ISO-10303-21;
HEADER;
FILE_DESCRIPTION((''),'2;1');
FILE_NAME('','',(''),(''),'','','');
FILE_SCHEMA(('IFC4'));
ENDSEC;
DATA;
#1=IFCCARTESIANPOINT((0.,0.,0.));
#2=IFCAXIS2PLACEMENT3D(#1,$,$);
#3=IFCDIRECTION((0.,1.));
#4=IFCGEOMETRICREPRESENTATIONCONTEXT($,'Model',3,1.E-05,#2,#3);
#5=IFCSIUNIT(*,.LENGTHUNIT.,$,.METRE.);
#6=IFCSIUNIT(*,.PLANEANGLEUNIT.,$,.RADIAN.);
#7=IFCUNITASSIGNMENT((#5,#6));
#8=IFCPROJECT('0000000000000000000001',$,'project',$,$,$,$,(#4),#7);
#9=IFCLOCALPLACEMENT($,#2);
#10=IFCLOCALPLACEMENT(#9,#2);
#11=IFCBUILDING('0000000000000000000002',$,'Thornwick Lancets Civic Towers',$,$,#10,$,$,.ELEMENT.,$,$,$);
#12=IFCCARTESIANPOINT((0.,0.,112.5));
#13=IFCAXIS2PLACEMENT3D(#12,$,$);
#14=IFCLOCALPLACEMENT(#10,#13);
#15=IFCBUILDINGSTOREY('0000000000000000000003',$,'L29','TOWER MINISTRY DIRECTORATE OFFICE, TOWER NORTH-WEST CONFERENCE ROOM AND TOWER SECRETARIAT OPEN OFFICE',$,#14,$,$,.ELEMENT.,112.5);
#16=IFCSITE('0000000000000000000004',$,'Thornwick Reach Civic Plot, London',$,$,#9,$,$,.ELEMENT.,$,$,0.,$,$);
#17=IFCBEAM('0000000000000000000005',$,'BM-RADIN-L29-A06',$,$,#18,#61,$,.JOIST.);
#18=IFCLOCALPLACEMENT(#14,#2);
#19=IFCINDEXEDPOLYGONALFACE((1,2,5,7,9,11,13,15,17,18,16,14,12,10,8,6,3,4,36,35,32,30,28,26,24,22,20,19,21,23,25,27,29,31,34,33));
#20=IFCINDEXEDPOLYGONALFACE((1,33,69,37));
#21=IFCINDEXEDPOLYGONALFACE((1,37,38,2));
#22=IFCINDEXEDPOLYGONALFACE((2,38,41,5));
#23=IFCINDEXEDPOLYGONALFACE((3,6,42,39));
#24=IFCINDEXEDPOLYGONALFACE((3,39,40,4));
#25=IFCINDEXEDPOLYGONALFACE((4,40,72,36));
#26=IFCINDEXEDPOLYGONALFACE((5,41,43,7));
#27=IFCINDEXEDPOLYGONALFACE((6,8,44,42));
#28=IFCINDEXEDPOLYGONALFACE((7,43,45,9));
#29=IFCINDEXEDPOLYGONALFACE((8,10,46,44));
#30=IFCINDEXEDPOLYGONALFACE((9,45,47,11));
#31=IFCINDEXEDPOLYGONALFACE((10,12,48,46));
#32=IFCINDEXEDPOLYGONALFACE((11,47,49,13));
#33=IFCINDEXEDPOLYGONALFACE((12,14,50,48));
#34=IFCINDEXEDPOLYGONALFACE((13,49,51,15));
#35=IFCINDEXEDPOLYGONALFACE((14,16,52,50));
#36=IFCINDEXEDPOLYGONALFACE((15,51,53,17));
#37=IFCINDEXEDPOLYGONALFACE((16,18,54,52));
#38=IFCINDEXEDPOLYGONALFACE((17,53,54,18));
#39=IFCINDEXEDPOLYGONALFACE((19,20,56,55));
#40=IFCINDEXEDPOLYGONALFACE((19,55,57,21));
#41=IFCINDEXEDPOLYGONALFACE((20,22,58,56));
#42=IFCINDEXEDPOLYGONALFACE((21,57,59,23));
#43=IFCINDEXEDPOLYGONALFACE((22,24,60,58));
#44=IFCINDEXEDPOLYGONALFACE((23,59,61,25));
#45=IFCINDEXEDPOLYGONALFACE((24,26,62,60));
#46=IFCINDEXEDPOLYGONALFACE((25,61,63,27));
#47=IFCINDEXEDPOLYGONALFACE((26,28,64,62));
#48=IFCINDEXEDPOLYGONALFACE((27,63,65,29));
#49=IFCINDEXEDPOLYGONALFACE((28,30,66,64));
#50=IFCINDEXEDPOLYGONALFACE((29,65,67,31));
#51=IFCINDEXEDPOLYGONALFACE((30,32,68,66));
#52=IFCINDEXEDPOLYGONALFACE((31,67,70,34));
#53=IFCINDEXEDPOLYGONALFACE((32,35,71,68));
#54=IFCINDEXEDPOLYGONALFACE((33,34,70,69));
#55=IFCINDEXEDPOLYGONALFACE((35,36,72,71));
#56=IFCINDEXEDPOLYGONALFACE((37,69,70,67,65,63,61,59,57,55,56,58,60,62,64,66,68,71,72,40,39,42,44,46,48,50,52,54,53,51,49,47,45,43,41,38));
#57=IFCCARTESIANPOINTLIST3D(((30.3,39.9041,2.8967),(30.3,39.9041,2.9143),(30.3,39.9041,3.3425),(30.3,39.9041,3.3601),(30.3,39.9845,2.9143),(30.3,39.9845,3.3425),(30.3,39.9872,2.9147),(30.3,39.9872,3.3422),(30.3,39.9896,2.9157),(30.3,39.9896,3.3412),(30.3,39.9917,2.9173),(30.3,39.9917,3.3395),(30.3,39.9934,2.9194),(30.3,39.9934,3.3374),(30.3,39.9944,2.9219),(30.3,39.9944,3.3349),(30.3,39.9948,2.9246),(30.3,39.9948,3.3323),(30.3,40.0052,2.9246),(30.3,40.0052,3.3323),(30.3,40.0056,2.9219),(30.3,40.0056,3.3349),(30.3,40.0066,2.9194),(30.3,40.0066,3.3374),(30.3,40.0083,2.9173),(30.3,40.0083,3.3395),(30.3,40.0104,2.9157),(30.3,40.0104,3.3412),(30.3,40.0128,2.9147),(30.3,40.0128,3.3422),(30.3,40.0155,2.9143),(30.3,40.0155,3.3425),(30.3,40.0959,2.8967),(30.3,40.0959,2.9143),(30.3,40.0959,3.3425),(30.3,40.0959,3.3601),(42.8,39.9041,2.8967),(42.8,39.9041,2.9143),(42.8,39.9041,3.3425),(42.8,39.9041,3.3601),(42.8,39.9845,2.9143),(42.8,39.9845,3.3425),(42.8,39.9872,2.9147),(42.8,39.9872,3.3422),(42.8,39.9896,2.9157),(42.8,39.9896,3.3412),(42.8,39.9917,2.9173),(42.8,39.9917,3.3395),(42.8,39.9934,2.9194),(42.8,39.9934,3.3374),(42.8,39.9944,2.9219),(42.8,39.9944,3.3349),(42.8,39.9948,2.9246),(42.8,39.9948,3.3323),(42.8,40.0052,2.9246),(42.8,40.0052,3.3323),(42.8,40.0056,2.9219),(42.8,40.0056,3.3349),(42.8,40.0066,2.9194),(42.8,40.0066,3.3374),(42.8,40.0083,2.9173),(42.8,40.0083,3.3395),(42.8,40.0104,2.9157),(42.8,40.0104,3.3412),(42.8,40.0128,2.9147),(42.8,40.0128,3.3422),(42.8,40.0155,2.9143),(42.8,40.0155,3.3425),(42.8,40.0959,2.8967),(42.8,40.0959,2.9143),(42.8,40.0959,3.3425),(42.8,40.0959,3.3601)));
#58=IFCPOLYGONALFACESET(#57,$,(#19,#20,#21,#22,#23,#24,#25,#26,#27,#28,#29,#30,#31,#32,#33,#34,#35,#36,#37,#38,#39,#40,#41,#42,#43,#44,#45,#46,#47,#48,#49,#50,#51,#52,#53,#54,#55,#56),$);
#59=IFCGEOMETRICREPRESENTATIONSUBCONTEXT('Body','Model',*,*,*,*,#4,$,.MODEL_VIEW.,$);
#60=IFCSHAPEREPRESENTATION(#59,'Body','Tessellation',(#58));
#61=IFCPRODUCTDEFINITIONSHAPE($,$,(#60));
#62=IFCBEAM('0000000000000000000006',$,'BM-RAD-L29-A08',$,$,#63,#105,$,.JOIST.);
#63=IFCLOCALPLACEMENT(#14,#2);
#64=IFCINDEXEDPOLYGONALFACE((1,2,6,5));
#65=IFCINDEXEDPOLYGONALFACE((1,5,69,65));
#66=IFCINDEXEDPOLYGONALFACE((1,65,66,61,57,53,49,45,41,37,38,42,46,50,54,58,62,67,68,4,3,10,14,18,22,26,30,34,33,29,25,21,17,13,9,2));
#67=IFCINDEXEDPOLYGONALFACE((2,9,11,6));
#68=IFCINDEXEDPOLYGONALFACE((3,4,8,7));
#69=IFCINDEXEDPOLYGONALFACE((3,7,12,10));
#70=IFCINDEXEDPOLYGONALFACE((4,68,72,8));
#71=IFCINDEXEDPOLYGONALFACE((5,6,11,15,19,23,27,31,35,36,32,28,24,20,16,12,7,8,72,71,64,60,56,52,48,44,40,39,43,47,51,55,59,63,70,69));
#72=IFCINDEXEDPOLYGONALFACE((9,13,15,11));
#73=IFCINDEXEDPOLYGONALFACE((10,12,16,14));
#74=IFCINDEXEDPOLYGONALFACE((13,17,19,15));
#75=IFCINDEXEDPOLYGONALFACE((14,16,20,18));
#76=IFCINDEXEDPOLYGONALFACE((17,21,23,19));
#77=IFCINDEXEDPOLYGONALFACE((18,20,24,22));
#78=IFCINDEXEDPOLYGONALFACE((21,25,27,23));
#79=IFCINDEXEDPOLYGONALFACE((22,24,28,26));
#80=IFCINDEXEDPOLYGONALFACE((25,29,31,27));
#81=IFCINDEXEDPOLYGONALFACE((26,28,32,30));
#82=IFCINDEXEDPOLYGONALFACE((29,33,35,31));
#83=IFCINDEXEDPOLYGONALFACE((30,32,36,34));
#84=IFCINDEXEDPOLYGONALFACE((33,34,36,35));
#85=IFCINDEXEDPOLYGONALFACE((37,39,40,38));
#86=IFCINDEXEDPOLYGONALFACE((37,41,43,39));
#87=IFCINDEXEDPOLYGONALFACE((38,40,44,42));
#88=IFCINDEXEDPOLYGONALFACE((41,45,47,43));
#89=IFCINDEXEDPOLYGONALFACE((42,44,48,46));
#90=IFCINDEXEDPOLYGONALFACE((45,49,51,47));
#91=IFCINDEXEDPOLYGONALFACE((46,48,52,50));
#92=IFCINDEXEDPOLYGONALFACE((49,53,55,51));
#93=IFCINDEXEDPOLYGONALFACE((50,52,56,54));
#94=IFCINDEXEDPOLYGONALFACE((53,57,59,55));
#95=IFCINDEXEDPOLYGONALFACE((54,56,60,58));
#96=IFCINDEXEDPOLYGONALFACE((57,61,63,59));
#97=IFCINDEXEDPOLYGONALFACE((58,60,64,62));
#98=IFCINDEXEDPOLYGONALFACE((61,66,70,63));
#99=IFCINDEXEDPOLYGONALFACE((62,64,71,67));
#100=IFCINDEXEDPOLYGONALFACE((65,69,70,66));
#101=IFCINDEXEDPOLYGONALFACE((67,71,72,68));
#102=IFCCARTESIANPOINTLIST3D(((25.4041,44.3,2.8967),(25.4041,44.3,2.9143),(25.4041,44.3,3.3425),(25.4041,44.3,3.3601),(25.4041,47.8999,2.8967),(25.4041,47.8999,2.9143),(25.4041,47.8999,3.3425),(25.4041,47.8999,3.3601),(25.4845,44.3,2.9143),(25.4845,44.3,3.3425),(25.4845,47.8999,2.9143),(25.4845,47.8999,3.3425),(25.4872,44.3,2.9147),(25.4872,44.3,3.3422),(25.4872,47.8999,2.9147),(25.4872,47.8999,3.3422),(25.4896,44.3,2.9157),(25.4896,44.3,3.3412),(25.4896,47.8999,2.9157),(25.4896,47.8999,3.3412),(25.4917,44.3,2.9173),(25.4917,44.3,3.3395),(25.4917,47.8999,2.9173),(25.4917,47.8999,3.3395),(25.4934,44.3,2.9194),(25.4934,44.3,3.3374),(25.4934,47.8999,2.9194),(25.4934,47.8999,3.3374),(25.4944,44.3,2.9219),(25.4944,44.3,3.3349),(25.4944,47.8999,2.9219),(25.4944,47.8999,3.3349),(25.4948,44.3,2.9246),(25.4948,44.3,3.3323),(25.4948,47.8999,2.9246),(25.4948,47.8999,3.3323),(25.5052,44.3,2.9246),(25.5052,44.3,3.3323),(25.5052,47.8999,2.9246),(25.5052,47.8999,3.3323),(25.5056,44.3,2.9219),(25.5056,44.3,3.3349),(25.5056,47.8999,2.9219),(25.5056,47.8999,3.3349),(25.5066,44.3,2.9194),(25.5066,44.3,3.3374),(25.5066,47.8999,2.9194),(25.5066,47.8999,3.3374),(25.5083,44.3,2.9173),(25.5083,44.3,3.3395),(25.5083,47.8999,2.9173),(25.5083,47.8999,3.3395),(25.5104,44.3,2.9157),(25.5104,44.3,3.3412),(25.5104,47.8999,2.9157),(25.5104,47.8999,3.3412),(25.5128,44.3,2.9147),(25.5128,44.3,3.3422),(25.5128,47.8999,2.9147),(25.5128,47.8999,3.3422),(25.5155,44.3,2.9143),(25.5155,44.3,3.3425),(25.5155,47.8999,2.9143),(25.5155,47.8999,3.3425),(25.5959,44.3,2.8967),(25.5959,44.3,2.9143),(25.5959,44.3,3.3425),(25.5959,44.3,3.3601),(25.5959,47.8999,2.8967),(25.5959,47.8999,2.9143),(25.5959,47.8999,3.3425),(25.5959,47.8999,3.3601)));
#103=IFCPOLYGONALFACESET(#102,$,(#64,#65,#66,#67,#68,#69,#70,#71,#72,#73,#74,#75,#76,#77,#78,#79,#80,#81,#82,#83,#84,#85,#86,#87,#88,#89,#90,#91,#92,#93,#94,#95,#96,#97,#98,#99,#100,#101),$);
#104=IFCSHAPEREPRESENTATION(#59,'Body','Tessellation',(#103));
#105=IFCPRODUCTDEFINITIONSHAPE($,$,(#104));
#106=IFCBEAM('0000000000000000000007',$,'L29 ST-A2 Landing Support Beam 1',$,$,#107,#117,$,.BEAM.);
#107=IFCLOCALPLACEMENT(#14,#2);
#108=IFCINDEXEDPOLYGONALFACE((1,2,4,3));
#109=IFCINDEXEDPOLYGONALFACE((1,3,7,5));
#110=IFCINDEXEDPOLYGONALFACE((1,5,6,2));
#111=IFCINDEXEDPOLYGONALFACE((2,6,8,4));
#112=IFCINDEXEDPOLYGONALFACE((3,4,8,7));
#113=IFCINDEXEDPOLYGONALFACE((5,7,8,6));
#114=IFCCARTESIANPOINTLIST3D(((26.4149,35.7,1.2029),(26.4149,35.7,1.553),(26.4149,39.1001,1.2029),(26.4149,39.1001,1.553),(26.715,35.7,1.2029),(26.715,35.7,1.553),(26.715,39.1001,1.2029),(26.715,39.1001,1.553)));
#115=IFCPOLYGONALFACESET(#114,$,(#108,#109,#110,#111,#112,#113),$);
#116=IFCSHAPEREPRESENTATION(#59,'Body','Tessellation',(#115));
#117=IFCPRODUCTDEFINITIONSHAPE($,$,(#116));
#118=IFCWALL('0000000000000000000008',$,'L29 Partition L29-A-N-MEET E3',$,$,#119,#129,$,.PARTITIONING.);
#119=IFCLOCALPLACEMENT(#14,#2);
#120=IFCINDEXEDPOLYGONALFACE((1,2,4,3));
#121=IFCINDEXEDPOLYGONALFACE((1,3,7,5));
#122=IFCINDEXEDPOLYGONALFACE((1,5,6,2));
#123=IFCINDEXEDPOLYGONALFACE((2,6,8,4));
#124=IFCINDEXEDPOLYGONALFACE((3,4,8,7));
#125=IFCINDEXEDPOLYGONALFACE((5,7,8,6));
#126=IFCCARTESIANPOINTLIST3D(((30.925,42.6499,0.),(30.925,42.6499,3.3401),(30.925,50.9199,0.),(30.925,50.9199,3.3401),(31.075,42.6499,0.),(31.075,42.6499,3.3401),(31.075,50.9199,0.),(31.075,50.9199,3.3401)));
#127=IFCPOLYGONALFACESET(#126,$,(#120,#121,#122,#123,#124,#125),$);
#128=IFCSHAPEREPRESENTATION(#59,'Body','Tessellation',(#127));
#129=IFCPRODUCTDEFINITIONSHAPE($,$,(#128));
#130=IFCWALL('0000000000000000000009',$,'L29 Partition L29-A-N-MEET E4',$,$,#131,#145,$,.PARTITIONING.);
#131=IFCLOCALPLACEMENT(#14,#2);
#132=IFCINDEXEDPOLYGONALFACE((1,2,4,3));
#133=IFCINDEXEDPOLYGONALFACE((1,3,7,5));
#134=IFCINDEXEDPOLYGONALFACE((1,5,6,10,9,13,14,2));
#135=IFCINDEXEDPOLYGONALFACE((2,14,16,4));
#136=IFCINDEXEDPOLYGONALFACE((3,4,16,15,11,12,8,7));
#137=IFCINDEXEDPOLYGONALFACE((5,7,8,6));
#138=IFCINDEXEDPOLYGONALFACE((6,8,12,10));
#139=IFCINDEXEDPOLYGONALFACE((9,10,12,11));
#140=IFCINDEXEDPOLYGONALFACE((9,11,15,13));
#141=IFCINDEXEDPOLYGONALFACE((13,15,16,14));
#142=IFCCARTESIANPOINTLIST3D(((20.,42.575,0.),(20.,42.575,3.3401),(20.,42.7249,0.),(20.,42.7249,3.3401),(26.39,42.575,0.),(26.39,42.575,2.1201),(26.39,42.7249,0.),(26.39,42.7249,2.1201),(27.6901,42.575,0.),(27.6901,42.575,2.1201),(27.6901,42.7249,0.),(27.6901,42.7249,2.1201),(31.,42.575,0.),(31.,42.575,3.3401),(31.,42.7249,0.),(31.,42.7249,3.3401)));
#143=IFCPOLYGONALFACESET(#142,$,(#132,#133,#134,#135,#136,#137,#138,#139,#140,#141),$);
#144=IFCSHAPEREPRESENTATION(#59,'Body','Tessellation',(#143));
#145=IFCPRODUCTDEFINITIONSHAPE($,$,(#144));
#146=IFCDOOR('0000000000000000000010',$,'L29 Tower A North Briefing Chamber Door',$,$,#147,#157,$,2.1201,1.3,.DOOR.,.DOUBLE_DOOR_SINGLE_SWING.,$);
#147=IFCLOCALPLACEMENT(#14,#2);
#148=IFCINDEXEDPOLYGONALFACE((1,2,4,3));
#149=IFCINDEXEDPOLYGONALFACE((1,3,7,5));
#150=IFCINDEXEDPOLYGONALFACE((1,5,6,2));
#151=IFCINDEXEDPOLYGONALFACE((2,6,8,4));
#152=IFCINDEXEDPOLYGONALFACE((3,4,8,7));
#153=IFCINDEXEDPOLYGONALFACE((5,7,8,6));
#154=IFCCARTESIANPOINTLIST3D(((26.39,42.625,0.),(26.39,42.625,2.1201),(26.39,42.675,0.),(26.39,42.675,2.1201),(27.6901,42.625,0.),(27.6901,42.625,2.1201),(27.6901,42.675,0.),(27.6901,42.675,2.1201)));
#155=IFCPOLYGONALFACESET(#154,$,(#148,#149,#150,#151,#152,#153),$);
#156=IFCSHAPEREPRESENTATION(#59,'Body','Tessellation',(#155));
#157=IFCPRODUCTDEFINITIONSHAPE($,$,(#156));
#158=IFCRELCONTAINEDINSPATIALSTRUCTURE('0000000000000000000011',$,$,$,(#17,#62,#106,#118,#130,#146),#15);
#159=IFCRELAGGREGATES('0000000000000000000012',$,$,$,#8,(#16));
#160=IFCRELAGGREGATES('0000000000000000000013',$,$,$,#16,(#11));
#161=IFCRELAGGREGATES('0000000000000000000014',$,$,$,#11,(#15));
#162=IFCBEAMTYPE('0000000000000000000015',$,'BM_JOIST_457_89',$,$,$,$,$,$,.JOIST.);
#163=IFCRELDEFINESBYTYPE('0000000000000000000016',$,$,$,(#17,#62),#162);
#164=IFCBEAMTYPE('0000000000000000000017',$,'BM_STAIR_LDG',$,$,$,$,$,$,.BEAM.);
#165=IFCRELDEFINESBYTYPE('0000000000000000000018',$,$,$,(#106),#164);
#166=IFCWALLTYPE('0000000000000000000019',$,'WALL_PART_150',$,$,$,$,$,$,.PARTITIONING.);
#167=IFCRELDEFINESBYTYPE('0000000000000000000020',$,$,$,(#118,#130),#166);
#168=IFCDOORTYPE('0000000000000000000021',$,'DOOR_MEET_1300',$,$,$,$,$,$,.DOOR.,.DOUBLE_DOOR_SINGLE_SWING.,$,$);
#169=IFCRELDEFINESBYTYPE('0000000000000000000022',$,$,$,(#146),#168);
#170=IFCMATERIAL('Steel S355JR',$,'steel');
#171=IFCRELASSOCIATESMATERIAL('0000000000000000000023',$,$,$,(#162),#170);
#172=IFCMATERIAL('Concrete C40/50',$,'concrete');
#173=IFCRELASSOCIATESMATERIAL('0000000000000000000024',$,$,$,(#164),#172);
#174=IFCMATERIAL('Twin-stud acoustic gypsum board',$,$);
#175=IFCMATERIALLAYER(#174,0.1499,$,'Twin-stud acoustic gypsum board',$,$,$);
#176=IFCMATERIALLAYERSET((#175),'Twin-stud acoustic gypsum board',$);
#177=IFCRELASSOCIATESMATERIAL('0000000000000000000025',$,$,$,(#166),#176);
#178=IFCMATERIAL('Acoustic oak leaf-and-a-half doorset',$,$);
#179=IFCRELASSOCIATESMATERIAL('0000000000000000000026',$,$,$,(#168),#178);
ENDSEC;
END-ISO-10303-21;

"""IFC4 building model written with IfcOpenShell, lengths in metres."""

from ifc_helpers import new_model, si_unit, direction, frame, frame_2d, origin, origin_2d, place, context, subcontext, project, spatial, rectangle, i_section, extrude, material, layer, layer_set, material_profile, profile_set, type_object, element, fill, save


model = new_model("IFC4")

# Units and contexts
model_context = context("Model", 3, precision=1e-05, world=origin(), true_north=direction((0.0, 1.0)))
body_context = subcontext(model_context, "Body", "Model", "MODEL_VIEW")
ifc_project = project(units=[si_unit("LENGTHUNIT", "METRE"), si_unit("PLANEANGLEUNIT", "RADIAN")], contexts=[model_context])

# Site, building, storey
site_placement = place(None, origin())
site = spatial("IfcSite", under=ifc_project, at=site_placement, Name="Thornwick Reach Civic Plot, London", CompositionType="ELEMENT", RefElevation=0.0)
building_placement = place(site_placement, origin())
building = spatial("IfcBuilding", under=site, at=building_placement, Name="Thornwick Lancets Civic Towers", CompositionType="ELEMENT")
storey_placement = place(building_placement, frame((0.0, 0.0, 112.5)))
storey = spatial("IfcBuildingStorey", under=building, at=storey_placement, Name="L29", Description="TOWER MINISTRY DIRECTORATE OFFICE, TOWER NORTH-WEST CONFERENCE ROOM AND TOWER SECRETARIAT OPEN OFFICE", CompositionType="ELEMENT", Elevation=112.5)

# Beams
ifc_material_1 = material(Name="Steel S355JR", Category="steel")
ifc_material_profile_1 = material_profile(ifc_material_1, i_section(OverallWidth=0.1919, OverallDepth=0.4634, WebThickness=0.0105, FlangeThickness=0.0176, FilletRadius=0.0103, at=origin_2d()), Name="UKB 457x191x89")
ifc_profile_set_1 = profile_set([ifc_material_profile_1], Name="Steel S355JR")
beam_type_1 = type_object("IfcBeamType", Name="BM_JOIST_457_89", PredefinedType="JOIST", material=ifc_profile_set_1)
beam_1_placement = place(storey_placement, frame((30.3, 40.0, 3.1284), z_axis=(1.0, 0.0, 0.0), x_axis=(0.0, 1.0, 0.0)))
element("IfcBeam", 1, at=beam_1_placement, inside=storey, type_object=beam_type_1, Name="BM-RADIN-L29-A06", PredefinedType="JOIST", context=body_context, shape_type="SweptSolid", body=[
    extrude(i_section(OverallWidth=0.1919, OverallDepth=0.4634, WebThickness=0.0105, FlangeThickness=0.0176, FilletRadius=0.0103, at=origin_2d()), origin(), (0.0, 0.0, 1.0), 12.5),
])
beam_2_placement = place(storey_placement, frame((25.5, 44.3, 3.1284), z_axis=(0.0, 1.0, 0.0), x_axis=(-1.0, 0.0, 0.0)))
element("IfcBeam", 2, at=beam_2_placement, inside=storey, type_object=beam_type_1, Name="BM-RAD-L29-A08", PredefinedType="JOIST", context=body_context, shape_type="SweptSolid", body=[
    extrude(i_section(OverallWidth=0.1919, OverallDepth=0.4634, WebThickness=0.0105, FlangeThickness=0.0176, FilletRadius=0.0103, at=origin_2d()), origin(), (0.0, 0.0, 1.0), 3.5999),
])
ifc_material_2 = material(Name="Concrete C40/50", Category="concrete")
ifc_material_profile_2 = material_profile(ifc_material_2, rectangle(XDim=0.3, YDim=0.3501, at=origin_2d()), Name="RC 300x350")
ifc_profile_set_2 = profile_set([ifc_material_profile_2], Name="Concrete C40/50")
beam_type_2 = type_object("IfcBeamType", Name="BM_STAIR_LDG", PredefinedType="BEAM", material=ifc_profile_set_2)
beam_3_placement = place(storey_placement, frame((26.5649, 39.1001, 1.3779), z_axis=(0.0, -1.0, 0.0), x_axis=(1.0, 0.0, 0.0)))
element("IfcBeam", 3, at=beam_3_placement, inside=storey, type_object=beam_type_2, Name="L29 ST-A2 Landing Support Beam 1", PredefinedType="BEAM", context=body_context, shape_type="SweptSolid", body=[
    extrude(rectangle(XDim=0.3, YDim=0.3501, at=origin_2d()), origin(), (0.0, 0.0, 1.0), 3.4001),
])

# Wall
ifc_material_3 = material(Name="Twin-stud acoustic gypsum board")
ifc_layer = layer(ifc_material_3, 0.1499, Name="Twin-stud acoustic gypsum board")
ifc_layer_set = layer_set([ifc_layer], Name="Twin-stud acoustic gypsum board")
wall_type = type_object("IfcWallType", Name="WALL_PART_150", PredefinedType="PARTITIONING", material=ifc_layer_set)
wall_1_placement = place(storey_placement, frame((31.0, 50.9199, 0.0), z_axis=(0.0, 0.0, 1.0), x_axis=(0.0, -1.0, 0.0)))
element("IfcWall", 4, at=wall_1_placement, inside=storey, type_object=wall_type, Name="L29 Partition L29-A-N-MEET E3", PredefinedType="PARTITIONING", context=body_context, shape_type="SweptSolid", body=[
    extrude(rectangle(XDim=8.27, YDim=0.1499, at=frame_2d((4.135, 0.0))), origin(), (0.0, 0.0, 1.0), 3.3401),
])

# Wall, opening, door
wall_2_placement = place(storey_placement, frame((31.0, 42.6499, 0.0), z_axis=(0.0, 0.0, 1.0), x_axis=(-1.0, 0.0, 0.0)))
wall_2 = element("IfcWall", 5, at=wall_2_placement, inside=storey, type_object=wall_type, Name="L29 Partition L29-A-N-MEET E4", PredefinedType="PARTITIONING", context=body_context, shape_type="SweptSolid", body=[
    extrude(rectangle(XDim=11.0, YDim=0.1499, at=frame_2d((5.5, 0.0))), origin(), (0.0, 0.0, 1.0), 3.3401),
])
opening_placement = place(wall_2_placement, frame((3.3101, 0.0, 0.0)))
opening = element("IfcOpeningElement", 6, at=opening_placement, cuts=wall_2, PredefinedType="OPENING", context=body_context, shape_type="SweptSolid", body=[
    extrude(rectangle(XDim=1.3, YDim=2.1201, at=frame_2d((0.6499, 1.0601))), frame((0.0, 0.085, 0.0), z_axis=(0.0, -1.0, 0.0), x_axis=(1.0, 0.0, 0.0)), (0.0, 0.0, 1.0), 0.1699),
])
ifc_material_4 = material(Name="Acoustic oak leaf-and-a-half doorset")
door_type = type_object("IfcDoorType", Name="DOOR_MEET_1300", OperationType="DOUBLE_DOOR_SINGLE_SWING", PredefinedType="DOOR", material=ifc_material_4)
door_placement = place(opening_placement, origin())
door = element("IfcDoor", 7, at=door_placement, inside=storey, type_object=door_type, Name="L29 Tower A North Briefing Chamber Door", OperationType="DOUBLE_DOOR_SINGLE_SWING", OverallHeight=2.1201, OverallWidth=1.3, PredefinedType="DOOR", context=body_context, shape_type="SweptSolid", body=[
    extrude(rectangle(XDim=1.3, YDim=2.1201, at=frame_2d((0.6499, 1.0601))), frame((0.0, 0.0249, 0.0), z_axis=(0.0, -1.0, 0.0), x_axis=(1.0, 0.0, 0.0)), (0.0, 0.0, 1.0), 0.05),
])
fill(opening, door)

save(model, "model.ifc")
